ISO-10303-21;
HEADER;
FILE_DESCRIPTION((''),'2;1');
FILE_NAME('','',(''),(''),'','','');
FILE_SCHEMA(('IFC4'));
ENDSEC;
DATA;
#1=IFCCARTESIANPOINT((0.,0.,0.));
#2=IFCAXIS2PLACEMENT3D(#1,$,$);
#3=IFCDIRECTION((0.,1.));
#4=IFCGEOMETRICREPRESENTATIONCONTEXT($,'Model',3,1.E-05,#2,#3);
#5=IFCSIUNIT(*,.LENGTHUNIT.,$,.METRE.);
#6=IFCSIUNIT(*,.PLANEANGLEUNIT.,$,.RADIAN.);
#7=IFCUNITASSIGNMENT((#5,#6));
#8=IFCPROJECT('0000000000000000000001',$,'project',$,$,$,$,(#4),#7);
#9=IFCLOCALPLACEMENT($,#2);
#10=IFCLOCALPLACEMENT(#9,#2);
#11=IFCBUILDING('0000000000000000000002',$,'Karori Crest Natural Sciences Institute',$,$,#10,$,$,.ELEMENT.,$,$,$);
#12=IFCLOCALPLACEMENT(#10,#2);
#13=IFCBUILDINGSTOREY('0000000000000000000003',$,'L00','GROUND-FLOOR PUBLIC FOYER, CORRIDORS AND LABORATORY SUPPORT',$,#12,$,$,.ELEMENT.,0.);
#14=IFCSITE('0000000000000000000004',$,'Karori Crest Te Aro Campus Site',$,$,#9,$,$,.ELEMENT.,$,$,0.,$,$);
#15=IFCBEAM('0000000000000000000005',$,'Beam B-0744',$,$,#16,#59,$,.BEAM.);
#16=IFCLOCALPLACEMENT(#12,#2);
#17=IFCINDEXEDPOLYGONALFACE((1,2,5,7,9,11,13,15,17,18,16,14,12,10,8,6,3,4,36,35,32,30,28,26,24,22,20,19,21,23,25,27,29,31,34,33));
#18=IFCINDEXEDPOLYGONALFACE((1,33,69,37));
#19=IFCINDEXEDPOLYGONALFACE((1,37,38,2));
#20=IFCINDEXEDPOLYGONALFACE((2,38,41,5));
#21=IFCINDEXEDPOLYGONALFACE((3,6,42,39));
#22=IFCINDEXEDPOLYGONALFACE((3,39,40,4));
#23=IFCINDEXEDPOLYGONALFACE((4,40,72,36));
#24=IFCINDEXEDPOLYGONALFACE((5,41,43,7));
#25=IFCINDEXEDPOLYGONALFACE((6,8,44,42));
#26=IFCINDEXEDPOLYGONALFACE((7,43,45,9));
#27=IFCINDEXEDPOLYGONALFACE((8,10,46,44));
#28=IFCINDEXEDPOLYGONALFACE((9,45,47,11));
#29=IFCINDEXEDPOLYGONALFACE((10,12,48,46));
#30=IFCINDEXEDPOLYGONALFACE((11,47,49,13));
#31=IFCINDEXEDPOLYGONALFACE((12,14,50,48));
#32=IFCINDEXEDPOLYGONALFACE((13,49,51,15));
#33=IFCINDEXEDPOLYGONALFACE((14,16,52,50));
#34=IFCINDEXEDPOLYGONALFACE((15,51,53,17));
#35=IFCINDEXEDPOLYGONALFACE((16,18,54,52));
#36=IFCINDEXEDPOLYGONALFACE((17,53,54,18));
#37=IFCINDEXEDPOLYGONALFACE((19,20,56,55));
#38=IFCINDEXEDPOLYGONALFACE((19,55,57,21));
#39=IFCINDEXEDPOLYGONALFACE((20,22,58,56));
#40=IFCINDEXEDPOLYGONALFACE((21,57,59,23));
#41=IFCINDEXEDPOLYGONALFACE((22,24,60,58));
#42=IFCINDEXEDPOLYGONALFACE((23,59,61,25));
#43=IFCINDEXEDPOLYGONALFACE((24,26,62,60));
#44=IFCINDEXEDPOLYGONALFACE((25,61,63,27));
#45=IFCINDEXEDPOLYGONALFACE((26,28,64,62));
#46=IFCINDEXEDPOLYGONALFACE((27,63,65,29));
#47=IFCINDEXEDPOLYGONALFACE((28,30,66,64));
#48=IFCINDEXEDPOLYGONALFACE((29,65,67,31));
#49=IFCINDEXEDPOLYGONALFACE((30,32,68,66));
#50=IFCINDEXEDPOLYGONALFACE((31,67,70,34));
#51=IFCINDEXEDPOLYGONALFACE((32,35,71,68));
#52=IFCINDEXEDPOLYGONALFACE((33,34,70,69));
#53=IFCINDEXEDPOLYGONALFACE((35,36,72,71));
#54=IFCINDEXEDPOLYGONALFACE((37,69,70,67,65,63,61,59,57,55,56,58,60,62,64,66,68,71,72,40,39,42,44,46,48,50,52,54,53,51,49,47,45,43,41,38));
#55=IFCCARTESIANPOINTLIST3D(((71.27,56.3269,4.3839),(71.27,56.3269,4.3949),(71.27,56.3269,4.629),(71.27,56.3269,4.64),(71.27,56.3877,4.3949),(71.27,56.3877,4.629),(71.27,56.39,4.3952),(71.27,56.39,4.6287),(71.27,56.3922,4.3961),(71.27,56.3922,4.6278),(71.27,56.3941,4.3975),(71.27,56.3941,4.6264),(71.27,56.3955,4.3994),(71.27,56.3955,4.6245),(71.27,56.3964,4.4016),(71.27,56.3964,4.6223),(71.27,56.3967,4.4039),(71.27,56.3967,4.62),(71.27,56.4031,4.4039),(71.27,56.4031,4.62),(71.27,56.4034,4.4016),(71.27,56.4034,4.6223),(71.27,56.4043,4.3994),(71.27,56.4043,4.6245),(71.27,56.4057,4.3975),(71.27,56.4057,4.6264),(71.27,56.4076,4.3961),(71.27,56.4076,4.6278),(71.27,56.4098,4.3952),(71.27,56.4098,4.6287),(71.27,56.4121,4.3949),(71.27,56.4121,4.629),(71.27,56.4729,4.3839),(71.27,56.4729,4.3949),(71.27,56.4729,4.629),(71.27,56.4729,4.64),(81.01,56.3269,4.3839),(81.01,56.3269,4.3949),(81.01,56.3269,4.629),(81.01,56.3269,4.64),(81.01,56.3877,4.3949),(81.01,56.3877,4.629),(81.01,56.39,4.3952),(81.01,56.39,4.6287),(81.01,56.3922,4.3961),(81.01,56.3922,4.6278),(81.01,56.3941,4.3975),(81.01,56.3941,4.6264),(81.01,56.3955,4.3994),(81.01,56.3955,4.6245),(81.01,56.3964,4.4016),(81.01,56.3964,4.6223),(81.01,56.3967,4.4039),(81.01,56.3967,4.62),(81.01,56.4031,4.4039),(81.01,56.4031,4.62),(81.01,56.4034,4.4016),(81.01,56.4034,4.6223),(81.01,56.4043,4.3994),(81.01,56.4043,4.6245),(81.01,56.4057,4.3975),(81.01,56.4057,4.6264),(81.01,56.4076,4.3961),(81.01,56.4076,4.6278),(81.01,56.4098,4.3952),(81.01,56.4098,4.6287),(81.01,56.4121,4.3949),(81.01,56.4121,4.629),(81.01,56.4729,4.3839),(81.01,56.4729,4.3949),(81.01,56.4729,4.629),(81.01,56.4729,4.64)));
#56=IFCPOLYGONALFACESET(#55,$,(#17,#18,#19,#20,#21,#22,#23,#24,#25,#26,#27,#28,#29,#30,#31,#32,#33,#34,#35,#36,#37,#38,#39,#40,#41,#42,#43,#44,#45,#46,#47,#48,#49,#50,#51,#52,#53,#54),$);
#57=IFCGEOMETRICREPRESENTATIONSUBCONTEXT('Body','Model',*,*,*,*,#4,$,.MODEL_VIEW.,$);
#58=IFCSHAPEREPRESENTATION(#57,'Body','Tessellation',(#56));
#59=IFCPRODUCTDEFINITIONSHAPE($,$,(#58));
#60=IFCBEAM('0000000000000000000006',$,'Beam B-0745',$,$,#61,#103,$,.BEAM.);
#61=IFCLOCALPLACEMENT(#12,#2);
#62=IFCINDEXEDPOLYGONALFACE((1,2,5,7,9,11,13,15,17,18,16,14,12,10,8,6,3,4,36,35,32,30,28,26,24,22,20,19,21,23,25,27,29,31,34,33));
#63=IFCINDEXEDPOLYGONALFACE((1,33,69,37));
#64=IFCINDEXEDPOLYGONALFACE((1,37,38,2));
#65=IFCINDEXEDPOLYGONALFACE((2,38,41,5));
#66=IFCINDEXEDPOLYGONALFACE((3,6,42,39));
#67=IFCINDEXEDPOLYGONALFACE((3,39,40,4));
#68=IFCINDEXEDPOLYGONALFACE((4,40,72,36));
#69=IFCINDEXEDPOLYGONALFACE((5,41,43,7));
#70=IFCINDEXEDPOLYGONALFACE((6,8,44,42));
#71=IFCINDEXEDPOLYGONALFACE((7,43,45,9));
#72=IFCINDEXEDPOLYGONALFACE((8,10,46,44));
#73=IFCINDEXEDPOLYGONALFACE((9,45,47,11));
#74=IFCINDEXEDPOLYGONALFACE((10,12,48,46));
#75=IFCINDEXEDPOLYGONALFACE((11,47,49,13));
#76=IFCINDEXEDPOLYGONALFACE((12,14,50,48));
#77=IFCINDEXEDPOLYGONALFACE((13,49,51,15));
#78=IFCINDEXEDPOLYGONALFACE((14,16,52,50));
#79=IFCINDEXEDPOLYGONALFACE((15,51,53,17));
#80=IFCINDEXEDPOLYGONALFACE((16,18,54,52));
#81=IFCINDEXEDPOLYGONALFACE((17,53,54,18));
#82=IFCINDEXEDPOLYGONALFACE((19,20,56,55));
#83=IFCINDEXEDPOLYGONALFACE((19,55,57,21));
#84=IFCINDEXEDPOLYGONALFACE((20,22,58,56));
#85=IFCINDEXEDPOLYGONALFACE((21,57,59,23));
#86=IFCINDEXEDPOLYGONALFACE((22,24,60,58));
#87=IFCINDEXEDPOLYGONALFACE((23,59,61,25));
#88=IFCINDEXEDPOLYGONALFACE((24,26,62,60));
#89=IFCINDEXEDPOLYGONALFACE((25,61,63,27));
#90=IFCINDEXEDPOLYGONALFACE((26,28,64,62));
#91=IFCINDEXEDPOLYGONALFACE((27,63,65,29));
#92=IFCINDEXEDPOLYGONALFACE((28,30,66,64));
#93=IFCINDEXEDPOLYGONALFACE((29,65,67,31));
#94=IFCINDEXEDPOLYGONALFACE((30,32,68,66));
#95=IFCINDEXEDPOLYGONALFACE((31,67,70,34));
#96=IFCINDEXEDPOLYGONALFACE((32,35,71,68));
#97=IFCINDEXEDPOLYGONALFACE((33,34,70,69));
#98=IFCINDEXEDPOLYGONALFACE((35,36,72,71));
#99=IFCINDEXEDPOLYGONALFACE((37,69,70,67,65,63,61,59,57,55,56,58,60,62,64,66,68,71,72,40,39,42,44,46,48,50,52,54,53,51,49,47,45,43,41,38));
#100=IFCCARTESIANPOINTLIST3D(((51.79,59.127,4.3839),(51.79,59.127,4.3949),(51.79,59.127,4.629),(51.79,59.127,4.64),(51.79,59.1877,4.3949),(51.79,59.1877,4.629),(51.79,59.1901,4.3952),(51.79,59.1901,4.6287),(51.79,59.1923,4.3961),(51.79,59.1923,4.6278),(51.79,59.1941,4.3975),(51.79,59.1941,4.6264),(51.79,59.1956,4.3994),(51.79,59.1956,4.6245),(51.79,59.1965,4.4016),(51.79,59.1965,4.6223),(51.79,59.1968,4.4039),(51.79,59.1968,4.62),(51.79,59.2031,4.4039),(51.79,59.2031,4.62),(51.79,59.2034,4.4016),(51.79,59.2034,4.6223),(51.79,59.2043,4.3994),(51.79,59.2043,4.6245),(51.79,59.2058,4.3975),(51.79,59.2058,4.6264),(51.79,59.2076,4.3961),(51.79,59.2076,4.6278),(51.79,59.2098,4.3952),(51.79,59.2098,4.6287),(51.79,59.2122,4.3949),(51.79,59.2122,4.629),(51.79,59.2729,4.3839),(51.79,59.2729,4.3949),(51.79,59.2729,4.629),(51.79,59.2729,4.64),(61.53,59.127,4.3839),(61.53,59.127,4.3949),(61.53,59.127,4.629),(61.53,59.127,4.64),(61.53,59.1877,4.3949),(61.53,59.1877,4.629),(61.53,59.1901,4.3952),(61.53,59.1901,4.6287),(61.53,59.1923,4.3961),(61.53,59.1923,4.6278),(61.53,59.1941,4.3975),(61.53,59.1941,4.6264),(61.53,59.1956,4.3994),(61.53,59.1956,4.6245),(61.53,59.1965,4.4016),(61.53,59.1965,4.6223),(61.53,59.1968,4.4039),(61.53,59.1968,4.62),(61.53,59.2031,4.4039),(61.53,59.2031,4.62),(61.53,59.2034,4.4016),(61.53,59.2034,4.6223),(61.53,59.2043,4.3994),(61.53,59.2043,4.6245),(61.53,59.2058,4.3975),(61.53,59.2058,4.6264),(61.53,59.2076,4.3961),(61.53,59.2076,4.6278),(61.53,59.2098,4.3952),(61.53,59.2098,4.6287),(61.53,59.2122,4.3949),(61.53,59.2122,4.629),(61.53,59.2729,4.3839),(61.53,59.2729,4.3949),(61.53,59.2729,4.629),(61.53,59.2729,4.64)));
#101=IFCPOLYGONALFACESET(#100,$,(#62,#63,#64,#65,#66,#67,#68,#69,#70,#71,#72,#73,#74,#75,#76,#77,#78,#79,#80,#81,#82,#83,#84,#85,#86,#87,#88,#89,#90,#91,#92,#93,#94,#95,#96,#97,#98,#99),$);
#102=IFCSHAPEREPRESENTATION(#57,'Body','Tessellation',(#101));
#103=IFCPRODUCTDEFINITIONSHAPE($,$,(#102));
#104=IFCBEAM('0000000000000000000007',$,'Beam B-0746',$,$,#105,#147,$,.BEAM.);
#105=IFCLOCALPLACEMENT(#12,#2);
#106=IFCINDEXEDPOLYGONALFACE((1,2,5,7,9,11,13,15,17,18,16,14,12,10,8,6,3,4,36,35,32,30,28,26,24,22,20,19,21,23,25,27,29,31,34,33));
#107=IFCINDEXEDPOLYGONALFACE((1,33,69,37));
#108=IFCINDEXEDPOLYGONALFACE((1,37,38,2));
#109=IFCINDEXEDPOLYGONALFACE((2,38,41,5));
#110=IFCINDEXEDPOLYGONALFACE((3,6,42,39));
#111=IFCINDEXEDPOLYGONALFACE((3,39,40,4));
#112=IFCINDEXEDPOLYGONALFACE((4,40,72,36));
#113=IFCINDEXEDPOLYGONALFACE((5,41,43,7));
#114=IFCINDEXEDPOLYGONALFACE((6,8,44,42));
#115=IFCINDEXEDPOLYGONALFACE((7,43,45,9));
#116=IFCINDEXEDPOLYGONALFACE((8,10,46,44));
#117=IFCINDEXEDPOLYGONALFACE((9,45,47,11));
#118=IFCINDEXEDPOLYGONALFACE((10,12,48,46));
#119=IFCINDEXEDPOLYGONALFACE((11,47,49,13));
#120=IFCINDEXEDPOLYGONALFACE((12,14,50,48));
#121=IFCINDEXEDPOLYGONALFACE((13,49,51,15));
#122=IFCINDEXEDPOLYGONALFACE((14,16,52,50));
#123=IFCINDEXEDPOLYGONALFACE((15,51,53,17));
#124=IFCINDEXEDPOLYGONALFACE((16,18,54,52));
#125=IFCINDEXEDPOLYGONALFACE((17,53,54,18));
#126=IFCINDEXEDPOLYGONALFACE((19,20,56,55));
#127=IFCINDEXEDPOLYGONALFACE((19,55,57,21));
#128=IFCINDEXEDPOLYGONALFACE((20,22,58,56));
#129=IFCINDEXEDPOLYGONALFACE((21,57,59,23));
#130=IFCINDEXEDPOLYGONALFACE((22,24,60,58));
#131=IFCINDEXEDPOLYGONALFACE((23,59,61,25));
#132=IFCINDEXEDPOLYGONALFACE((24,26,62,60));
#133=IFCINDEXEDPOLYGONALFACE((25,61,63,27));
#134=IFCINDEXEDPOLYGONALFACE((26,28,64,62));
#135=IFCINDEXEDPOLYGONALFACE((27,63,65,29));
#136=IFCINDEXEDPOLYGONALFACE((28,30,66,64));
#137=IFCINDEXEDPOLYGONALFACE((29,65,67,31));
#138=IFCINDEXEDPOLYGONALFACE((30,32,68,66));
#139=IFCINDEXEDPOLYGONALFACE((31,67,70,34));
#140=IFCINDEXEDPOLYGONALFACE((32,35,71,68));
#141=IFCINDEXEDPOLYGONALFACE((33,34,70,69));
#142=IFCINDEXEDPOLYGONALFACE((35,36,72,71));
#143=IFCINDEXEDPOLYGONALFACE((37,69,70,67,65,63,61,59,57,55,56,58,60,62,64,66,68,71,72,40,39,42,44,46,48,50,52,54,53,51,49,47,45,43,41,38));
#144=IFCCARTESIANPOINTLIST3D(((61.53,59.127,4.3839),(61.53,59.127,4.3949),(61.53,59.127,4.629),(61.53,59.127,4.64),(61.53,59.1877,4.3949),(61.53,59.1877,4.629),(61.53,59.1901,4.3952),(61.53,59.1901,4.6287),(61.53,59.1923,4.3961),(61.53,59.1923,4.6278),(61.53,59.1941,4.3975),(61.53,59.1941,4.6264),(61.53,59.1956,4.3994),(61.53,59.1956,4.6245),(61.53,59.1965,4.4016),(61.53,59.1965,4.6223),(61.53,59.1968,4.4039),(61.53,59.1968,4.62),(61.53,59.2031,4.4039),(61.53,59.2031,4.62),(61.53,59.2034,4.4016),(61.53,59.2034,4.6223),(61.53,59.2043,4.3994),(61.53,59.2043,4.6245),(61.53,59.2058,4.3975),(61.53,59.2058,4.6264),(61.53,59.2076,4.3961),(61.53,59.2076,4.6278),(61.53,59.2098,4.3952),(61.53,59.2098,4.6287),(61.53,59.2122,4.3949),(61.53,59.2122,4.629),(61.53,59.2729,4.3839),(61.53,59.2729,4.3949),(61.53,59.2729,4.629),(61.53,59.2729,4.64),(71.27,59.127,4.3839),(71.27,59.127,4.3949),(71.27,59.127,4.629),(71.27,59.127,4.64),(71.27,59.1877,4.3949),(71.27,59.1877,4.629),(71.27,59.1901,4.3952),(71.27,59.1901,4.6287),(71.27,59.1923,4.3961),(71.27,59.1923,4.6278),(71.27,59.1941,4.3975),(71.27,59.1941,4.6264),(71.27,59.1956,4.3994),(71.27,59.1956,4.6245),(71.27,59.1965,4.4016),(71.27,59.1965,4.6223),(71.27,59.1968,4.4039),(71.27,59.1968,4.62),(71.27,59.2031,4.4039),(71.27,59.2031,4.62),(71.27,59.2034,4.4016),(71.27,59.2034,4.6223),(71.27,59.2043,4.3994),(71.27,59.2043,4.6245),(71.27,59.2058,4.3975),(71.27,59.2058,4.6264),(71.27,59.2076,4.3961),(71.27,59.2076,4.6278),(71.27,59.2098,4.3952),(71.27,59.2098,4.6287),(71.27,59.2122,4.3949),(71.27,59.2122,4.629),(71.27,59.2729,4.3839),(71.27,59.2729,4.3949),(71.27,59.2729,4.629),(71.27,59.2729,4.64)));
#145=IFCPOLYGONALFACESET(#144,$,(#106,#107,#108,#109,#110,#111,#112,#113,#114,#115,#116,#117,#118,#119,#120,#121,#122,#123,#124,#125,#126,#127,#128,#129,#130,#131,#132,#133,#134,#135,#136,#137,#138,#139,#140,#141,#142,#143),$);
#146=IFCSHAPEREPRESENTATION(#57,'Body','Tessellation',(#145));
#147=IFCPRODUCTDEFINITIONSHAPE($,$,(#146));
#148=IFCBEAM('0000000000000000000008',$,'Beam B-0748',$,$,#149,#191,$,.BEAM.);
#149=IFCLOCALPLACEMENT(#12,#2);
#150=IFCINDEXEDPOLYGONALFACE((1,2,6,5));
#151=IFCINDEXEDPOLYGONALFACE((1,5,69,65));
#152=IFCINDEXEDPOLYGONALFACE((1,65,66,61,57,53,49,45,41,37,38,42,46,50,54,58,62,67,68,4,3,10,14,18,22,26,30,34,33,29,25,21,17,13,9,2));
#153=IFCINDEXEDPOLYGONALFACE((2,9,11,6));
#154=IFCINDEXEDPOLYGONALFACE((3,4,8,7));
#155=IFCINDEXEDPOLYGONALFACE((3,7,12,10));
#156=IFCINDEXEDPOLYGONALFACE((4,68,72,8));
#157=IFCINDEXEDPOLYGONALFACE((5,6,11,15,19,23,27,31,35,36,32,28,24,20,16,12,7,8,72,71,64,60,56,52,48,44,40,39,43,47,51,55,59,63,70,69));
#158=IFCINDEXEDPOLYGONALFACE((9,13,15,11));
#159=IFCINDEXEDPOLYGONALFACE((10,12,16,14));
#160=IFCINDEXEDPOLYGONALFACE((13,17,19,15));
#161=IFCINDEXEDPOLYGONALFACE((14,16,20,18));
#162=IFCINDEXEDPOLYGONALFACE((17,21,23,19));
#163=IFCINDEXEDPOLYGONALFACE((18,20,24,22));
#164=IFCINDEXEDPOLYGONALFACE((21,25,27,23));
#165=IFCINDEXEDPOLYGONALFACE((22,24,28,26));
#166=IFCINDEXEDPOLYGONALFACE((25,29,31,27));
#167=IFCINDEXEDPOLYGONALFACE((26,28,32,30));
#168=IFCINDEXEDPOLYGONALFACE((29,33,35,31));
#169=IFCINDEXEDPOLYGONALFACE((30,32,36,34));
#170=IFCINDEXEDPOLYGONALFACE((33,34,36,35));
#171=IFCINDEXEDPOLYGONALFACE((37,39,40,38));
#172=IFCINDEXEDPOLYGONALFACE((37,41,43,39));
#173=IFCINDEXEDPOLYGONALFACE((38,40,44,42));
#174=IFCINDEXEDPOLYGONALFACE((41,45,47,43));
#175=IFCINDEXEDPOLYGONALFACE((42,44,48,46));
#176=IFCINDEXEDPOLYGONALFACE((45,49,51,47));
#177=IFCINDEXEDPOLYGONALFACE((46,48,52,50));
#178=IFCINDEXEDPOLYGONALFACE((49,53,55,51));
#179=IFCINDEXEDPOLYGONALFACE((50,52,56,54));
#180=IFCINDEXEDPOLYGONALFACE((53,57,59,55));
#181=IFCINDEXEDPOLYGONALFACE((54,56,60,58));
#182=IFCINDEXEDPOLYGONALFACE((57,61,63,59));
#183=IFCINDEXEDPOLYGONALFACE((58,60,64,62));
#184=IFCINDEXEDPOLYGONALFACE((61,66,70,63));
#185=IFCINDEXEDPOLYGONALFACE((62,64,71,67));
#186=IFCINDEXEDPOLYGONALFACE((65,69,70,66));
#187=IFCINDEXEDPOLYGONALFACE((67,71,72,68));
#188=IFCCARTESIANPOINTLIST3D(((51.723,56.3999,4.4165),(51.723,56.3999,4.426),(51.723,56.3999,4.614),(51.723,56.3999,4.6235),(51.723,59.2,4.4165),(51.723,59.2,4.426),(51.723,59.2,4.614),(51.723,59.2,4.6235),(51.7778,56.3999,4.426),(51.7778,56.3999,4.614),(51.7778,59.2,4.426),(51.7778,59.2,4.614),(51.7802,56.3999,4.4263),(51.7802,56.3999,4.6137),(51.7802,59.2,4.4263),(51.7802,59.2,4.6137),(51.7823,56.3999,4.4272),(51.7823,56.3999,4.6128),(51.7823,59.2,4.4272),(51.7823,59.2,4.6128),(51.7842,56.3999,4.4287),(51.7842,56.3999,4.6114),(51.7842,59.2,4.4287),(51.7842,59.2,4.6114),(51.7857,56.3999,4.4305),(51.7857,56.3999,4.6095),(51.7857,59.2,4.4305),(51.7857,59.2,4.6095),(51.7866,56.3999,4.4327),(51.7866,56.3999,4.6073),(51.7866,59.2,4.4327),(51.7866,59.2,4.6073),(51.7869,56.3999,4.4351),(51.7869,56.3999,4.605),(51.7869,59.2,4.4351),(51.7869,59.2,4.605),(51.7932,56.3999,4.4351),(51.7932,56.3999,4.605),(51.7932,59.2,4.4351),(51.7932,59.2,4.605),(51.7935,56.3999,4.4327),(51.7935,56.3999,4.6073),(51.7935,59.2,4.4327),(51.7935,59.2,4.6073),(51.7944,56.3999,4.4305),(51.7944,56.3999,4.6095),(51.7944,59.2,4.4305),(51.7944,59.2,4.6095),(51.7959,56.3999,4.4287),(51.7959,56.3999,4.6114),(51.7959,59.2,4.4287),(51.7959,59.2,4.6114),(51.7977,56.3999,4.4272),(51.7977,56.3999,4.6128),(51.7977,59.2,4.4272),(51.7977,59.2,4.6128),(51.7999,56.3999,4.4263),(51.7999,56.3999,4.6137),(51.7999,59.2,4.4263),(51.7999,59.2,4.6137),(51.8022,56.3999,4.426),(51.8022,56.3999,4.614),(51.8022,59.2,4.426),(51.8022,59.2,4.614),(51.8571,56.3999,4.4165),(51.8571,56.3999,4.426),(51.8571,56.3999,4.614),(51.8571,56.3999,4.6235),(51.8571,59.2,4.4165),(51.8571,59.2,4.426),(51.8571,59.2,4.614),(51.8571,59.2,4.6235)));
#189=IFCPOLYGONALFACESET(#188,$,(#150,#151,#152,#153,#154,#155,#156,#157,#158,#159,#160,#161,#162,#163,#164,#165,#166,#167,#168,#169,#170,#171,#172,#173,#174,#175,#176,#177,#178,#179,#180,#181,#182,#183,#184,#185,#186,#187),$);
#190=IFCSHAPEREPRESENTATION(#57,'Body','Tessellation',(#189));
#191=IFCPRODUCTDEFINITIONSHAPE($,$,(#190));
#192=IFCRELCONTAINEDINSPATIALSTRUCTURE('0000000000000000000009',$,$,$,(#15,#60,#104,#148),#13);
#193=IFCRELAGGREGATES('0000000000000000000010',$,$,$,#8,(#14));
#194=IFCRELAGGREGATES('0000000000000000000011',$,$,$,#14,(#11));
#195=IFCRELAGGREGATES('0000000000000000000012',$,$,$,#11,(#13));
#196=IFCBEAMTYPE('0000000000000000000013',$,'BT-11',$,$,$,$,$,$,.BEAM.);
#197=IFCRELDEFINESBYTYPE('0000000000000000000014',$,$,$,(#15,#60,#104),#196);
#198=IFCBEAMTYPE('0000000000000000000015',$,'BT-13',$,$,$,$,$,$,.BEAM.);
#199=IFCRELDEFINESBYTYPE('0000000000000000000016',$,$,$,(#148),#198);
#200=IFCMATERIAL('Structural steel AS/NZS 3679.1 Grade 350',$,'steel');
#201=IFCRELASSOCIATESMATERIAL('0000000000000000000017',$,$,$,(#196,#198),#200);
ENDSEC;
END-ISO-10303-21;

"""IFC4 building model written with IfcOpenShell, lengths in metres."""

from ifc_helpers import new_model, si_unit, direction, frame, origin, origin_2d, place, context, subcontext, project, spatial, i_section, extrude, material, material_profile, profile_set, type_object, element, save


model = new_model("IFC4")

# Units and contexts
model_context = context("Model", 3, precision=1e-05, world=origin(), true_north=direction((0.0, 1.0)))
body_context = subcontext(model_context, "Body", "Model", "MODEL_VIEW")
ifc_project = project(units=[si_unit("LENGTHUNIT", "METRE"), si_unit("PLANEANGLEUNIT", "RADIAN")], contexts=[model_context])

# Site, building, storey
site_placement = place(None, origin())
site = spatial("IfcSite", under=ifc_project, at=site_placement, Name="Karori Crest Te Aro Campus Site", CompositionType="ELEMENT", RefElevation=0.0)
building_placement = place(site_placement, origin())
building = spatial("IfcBuilding", under=site, at=building_placement, Name="Karori Crest Natural Sciences Institute", CompositionType="ELEMENT")
storey_placement = place(building_placement, origin())
storey = spatial("IfcBuildingStorey", under=building, at=storey_placement, Name="L00", Description="GROUND-FLOOR PUBLIC FOYER, CORRIDORS AND LABORATORY SUPPORT", CompositionType="ELEMENT", Elevation=0.0)

# Beams
ifc_material_1 = material(Name="Structural steel AS/NZS 3679.1 Grade 350", Category="steel")
ifc_material_profile_1 = material_profile(ifc_material_1, i_section(OverallWidth=0.146, OverallDepth=0.2561, WebThickness=0.0063, FlangeThickness=0.011, FilletRadius=0.009, at=origin_2d()), Name="250UB37.3")
ifc_profile_set_1 = profile_set([ifc_material_profile_1], Name="Structural steel AS/NZS 3679.1 Grade 350")
beam_type_1 = type_object("IfcBeamType", Name="BT-11", PredefinedType="BEAM", material=ifc_profile_set_1)
for number, where, z_axis, x_axis, name in (
    (1, (71.27, 56.3999, 4.512), (1.0, 0.0, 0.0), (0.0, 1.0, 0.0), "Beam B-0744"),
    (2, (51.79, 59.2, 4.512), (1.0, 0.0, 0.0), (0.0, 1.0, 0.0), "Beam B-0745"),
    (3, (61.53, 59.2, 4.512), (1.0, 0.0, 0.0), (0.0, 1.0, 0.0), "Beam B-0746"),
):
    element("IfcBeam", number, at=place(storey_placement, frame(where, z_axis=z_axis, x_axis=x_axis)), inside=storey, type_object=beam_type_1, Name=name, PredefinedType="BEAM", context=body_context, shape_type="SweptSolid", body=[
        extrude(i_section(OverallWidth=0.146, OverallDepth=0.2561, WebThickness=0.0063, FlangeThickness=0.011, FilletRadius=0.009, at=origin_2d()), origin(), (0.0, 0.0, 1.0), 9.74),
    ])
ifc_material_profile_2 = material_profile(ifc_material_1, i_section(OverallWidth=0.134, OverallDepth=0.207, WebThickness=0.0063, FlangeThickness=0.0095, FilletRadius=0.009, at=origin_2d()), Name="200UB29.8")
ifc_profile_set_2 = profile_set([ifc_material_profile_2], Name="Structural steel AS/NZS 3679.1 Grade 350")
beam_type_2 = type_object("IfcBeamType", Name="BT-13", PredefinedType="BEAM", material=ifc_profile_set_2)
for number, where, z_axis, x_axis, name in (
    (4, (51.79, 56.3999, 4.52), (0.0, 1.0, 0.0), (-1.0, 0.0, 0.0), "Beam B-0748"),
):
    element("IfcBeam", number, at=place(storey_placement, frame(where, z_axis=z_axis, x_axis=x_axis)), inside=storey, type_object=beam_type_2, Name=name, PredefinedType="BEAM", context=body_context, shape_type="SweptSolid", body=[
        extrude(i_section(OverallWidth=0.134, OverallDepth=0.207, WebThickness=0.0063, FlangeThickness=0.0095, FilletRadius=0.009, at=origin_2d()), origin(), (0.0, 0.0, 1.0), 2.8),
    ])

save(model, "model.ifc")
